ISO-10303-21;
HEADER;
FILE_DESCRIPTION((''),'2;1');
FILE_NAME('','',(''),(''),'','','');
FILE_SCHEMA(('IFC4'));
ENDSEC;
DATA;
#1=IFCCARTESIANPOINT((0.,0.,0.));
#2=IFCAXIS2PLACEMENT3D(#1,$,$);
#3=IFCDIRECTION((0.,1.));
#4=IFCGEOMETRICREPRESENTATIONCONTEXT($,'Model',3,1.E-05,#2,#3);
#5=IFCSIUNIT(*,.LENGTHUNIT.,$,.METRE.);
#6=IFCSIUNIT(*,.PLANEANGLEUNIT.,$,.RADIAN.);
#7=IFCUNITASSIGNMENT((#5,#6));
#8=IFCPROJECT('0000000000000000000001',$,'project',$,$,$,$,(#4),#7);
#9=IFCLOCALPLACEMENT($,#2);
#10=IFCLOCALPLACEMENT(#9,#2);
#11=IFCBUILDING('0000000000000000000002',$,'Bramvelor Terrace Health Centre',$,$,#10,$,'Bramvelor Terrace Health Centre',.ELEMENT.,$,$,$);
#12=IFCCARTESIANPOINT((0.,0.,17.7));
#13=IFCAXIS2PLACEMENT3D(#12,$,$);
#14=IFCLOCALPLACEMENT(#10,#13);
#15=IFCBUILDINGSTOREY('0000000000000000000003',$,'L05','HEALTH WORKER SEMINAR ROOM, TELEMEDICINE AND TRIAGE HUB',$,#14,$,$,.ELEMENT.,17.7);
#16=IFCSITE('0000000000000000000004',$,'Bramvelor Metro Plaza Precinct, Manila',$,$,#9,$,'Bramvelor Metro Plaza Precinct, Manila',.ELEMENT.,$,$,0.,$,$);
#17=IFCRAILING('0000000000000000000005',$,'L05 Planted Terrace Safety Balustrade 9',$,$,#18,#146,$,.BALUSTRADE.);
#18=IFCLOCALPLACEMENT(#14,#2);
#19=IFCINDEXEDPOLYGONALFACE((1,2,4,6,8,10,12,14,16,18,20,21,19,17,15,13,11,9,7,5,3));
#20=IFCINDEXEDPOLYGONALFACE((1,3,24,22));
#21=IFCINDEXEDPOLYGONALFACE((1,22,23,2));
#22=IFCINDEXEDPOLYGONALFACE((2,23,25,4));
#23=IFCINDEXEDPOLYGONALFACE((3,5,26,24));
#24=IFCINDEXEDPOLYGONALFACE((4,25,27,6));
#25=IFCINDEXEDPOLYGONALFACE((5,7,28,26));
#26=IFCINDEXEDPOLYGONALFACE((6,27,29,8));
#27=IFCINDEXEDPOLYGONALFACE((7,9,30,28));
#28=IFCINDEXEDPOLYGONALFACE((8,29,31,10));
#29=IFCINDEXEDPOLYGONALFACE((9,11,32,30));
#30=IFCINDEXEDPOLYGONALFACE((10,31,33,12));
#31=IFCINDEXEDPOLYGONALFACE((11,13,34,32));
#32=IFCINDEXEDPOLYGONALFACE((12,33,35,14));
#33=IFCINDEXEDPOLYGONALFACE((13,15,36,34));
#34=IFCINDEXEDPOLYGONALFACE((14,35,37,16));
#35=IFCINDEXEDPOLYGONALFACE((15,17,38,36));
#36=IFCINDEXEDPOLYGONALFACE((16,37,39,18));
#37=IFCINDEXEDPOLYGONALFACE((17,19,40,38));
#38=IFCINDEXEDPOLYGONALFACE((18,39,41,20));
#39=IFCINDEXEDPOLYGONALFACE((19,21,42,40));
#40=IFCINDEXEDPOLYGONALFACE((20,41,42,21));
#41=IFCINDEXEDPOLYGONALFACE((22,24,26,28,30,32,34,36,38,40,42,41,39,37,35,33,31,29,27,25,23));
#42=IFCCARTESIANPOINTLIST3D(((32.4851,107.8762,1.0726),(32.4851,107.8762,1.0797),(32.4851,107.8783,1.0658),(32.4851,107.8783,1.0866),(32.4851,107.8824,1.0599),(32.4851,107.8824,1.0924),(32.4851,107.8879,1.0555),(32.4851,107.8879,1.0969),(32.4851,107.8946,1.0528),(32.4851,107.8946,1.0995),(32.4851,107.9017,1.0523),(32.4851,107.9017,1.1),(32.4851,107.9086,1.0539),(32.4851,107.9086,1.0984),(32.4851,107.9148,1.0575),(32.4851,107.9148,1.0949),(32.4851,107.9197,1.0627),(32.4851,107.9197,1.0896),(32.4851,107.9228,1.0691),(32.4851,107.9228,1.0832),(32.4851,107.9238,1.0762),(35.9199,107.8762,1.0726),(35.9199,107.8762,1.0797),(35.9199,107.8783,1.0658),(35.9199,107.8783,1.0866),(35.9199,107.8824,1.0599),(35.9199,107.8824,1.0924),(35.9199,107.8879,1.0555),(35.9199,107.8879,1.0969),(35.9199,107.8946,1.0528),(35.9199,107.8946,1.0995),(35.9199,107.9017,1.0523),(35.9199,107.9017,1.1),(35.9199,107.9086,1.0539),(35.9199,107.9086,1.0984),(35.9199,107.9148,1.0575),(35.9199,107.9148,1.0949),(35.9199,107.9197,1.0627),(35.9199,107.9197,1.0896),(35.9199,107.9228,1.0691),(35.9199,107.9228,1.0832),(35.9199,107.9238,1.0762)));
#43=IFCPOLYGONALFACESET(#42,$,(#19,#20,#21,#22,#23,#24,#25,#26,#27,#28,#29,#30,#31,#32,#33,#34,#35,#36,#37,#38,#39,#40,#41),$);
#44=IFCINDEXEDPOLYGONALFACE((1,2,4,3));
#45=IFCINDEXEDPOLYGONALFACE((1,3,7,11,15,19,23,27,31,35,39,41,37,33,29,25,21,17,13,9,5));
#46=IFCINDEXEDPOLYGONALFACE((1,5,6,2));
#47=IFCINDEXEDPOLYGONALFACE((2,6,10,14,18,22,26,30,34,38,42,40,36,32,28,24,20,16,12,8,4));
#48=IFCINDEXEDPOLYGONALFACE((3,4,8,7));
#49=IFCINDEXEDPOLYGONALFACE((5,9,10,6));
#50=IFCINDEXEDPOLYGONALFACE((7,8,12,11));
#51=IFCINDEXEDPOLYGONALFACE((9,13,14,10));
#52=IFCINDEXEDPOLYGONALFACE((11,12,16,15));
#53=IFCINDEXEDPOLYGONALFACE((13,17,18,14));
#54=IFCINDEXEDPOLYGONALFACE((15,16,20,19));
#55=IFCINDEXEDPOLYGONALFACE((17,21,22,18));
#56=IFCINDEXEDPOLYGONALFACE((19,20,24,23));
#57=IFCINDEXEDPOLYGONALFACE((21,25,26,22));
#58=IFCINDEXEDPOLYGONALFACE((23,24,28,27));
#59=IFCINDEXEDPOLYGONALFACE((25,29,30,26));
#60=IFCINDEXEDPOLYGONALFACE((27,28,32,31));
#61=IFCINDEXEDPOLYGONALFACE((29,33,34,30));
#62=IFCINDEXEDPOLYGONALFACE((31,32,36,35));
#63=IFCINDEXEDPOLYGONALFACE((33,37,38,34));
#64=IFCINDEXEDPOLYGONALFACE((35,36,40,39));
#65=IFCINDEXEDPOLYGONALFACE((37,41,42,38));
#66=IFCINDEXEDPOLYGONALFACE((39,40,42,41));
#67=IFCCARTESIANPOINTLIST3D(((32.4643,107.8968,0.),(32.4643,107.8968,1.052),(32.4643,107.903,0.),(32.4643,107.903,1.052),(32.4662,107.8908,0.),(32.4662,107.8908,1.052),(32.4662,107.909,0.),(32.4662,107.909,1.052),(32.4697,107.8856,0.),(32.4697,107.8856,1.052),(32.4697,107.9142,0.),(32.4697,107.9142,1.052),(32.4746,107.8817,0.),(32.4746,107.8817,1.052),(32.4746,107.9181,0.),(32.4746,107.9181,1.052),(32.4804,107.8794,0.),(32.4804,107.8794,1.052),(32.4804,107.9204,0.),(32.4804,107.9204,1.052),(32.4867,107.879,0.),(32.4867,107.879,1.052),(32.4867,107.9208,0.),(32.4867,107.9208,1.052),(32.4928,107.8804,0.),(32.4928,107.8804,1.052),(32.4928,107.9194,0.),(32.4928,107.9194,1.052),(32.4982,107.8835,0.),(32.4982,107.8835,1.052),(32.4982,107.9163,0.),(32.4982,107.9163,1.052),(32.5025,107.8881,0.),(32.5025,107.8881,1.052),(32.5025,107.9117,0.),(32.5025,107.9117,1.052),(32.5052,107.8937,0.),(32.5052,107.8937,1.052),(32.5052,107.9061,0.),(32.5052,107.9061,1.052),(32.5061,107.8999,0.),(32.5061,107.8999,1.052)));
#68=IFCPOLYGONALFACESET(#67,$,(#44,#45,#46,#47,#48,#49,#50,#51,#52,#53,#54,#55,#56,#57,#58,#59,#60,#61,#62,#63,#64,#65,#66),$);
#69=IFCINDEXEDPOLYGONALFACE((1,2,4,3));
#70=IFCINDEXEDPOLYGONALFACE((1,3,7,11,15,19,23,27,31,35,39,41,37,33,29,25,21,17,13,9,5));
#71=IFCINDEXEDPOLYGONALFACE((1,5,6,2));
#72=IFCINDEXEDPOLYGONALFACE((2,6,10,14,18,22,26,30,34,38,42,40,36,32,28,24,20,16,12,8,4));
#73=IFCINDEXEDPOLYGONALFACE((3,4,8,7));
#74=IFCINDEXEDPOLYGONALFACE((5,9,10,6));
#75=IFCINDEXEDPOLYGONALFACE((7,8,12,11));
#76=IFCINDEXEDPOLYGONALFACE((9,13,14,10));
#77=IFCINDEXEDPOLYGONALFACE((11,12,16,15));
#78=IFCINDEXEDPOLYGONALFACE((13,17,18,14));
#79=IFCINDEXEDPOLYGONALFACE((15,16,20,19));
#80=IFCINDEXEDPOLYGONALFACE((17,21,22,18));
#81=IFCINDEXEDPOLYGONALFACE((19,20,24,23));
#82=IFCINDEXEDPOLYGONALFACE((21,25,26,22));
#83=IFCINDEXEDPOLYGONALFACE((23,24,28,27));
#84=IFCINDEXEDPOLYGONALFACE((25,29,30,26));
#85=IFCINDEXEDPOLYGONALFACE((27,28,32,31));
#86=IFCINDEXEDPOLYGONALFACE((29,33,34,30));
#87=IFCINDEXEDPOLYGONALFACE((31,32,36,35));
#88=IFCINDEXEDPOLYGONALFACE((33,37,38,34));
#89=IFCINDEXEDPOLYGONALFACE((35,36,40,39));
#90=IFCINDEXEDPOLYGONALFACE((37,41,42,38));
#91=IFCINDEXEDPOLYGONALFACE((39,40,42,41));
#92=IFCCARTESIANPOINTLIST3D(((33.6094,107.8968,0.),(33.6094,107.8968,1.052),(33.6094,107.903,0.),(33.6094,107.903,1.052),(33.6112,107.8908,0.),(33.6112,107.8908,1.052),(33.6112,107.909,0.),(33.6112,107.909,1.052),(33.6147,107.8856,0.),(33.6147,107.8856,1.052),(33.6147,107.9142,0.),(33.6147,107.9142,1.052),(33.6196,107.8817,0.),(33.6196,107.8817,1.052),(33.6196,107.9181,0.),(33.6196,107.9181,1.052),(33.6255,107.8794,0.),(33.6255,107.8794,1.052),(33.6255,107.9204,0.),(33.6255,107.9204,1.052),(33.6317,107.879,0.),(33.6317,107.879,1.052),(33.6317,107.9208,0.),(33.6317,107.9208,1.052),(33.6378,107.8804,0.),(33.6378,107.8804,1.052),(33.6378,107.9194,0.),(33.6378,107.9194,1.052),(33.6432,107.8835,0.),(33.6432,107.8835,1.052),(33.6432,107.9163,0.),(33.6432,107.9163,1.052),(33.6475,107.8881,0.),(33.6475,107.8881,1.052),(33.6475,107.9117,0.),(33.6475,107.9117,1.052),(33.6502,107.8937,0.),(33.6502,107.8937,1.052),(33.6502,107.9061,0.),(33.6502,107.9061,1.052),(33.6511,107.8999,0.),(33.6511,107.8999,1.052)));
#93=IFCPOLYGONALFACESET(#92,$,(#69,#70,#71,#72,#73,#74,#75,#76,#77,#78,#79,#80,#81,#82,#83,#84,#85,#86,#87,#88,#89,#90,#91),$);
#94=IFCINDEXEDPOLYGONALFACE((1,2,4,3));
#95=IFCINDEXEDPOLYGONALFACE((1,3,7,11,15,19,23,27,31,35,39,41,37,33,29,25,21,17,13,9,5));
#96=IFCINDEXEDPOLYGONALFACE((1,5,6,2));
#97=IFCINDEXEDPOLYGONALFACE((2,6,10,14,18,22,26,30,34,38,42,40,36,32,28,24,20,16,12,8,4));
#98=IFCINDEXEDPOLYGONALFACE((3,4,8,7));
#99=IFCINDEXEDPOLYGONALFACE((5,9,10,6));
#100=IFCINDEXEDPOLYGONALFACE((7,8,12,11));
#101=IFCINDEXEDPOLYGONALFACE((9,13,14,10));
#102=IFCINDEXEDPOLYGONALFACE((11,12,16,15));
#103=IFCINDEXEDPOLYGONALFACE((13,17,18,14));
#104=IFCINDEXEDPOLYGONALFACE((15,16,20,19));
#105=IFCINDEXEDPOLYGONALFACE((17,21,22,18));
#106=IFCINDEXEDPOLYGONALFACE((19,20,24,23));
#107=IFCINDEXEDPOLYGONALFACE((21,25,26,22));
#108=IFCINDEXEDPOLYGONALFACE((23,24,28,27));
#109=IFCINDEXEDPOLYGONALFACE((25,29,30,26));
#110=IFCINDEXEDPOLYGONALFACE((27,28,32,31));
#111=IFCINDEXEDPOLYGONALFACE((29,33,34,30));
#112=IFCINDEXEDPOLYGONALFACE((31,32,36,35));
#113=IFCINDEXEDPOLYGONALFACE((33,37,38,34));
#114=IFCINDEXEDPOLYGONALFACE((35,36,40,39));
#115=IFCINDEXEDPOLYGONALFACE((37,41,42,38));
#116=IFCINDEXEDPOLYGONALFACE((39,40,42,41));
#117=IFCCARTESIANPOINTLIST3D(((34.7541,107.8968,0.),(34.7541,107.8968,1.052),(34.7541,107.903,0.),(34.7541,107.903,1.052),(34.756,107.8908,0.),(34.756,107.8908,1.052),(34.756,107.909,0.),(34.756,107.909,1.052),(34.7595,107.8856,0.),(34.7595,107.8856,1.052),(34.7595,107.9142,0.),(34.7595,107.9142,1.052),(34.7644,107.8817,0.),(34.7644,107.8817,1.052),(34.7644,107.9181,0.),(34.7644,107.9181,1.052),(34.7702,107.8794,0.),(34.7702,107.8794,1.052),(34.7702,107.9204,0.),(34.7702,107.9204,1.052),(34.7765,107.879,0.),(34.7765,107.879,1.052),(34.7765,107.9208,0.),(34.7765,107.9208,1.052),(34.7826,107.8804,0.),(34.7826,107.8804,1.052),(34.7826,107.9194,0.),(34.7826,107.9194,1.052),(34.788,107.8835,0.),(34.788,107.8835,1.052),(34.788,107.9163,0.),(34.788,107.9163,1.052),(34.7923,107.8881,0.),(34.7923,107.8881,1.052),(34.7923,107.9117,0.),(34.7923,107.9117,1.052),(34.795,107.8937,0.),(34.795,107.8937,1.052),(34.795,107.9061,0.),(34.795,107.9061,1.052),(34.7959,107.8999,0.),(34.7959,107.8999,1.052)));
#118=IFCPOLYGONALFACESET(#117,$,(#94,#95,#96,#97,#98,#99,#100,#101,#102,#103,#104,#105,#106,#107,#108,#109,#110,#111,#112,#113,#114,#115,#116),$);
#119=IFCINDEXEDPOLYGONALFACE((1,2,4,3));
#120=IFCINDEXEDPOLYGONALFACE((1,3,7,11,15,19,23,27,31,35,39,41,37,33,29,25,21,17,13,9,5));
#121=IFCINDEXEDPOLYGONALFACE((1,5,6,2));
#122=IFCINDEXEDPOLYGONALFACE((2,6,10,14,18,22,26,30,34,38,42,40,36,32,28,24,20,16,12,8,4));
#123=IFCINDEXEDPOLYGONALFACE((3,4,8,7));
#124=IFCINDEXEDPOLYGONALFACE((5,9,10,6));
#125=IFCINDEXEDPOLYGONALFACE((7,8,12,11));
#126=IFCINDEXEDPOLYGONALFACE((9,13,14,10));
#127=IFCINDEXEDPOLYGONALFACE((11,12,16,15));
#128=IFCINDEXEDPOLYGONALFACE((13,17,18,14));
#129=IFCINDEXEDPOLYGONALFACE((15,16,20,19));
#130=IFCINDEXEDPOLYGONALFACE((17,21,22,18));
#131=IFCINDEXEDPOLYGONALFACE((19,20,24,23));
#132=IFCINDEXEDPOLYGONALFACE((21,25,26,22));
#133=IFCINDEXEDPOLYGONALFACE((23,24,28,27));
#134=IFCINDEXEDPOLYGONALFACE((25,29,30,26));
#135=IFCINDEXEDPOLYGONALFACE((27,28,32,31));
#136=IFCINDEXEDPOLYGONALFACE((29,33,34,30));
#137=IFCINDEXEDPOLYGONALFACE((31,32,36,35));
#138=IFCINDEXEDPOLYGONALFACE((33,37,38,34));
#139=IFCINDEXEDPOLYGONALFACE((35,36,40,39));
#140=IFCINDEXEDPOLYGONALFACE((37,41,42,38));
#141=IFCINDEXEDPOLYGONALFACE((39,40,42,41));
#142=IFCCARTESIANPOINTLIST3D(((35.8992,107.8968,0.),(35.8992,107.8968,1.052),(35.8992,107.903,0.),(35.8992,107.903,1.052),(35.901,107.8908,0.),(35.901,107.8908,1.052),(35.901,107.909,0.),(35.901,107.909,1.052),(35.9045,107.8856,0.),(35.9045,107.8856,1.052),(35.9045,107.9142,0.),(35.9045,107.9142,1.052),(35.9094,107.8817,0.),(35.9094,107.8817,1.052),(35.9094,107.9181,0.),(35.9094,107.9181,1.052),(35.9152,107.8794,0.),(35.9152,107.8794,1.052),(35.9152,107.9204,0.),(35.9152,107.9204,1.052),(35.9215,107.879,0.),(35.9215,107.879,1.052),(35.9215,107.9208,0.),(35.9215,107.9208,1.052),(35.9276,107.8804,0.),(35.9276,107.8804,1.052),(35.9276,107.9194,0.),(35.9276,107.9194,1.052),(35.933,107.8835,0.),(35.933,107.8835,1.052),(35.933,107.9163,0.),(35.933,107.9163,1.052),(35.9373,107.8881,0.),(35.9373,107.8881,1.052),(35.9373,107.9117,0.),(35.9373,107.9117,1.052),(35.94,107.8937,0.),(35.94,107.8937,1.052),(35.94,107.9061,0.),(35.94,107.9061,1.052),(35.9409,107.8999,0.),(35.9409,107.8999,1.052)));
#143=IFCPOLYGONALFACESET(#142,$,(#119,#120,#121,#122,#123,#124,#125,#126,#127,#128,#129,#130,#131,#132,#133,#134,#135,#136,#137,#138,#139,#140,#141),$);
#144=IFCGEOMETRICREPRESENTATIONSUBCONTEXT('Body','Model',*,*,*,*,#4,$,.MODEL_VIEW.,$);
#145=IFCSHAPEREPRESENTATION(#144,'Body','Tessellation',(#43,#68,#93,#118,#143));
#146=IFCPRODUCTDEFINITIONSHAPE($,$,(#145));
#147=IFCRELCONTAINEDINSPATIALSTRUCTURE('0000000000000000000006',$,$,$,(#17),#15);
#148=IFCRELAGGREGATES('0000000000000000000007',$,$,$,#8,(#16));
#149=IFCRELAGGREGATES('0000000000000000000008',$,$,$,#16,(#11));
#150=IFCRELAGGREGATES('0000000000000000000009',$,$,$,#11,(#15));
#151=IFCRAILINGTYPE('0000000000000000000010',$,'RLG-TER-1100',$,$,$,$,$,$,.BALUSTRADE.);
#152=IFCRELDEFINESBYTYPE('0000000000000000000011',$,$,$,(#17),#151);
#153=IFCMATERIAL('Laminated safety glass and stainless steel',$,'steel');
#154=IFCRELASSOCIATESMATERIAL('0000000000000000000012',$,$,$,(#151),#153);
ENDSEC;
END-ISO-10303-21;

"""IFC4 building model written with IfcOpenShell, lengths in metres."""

from ifc_helpers import new_model, si_unit, direction, frame, origin, origin_2d, place, context, subcontext, project, spatial, circle, extrude, material, type_object, element, save


model = new_model("IFC4")

# Units and contexts
model_context = context("Model", 3, precision=1e-05, world=origin(), true_north=direction((0.0, 1.0)))
body_context = subcontext(model_context, "Body", "Model", "MODEL_VIEW")
ifc_project = project(units=[si_unit("LENGTHUNIT", "METRE"), si_unit("PLANEANGLEUNIT", "RADIAN")], contexts=[model_context])

# Site, building, storey
site_placement = place(None, origin())
site = spatial("IfcSite", under=ifc_project, at=site_placement, Name="Bramvelor Metro Plaza Precinct, Manila", LongName="Bramvelor Metro Plaza Precinct, Manila", CompositionType="ELEMENT", RefElevation=0.0)
building_placement = place(site_placement, origin())
building = spatial("IfcBuilding", under=site, at=building_placement, Name="Bramvelor Terrace Health Centre", LongName="Bramvelor Terrace Health Centre", CompositionType="ELEMENT")
storey_placement = place(building_placement, frame((0.0, 0.0, 17.7)))
storey = spatial("IfcBuildingStorey", under=building, at=storey_placement, Name="L05", Description="HEALTH WORKER SEMINAR ROOM, TELEMEDICINE AND TRIAGE HUB", CompositionType="ELEMENT", Elevation=17.7)

# Railing
ifc_material_1 = material(Name="Laminated safety glass and stainless steel", Category="steel")
railing_type = type_object("IfcRailingType", Name="RLG-TER-1100", PredefinedType="BALUSTRADE", material=ifc_material_1)
railing_1_placement = place(storey_placement, frame((32.4851, 107.8999, 0.0)))
element("IfcRailing", 1, at=railing_1_placement, inside=storey, type_object=railing_type, Name="L05 Planted Terrace Safety Balustrade 9", PredefinedType="BALUSTRADE", context=body_context, shape_type="SweptSolid", body=[
    extrude(circle(Radius=0.0239, at=origin_2d()), frame((0.0, 0.0, 1.0762), z_axis=(1.0, 0.0, 0.0), x_axis=(0.0, 1.0, 0.0)), (0.0, 0.0, 1.0), 3.4348),
    extrude(circle(Radius=0.021, at=origin_2d()), origin(), (0.0, 0.0, 1.0), 1.052),
    extrude(circle(Radius=0.021, at=origin_2d()), frame((1.145, 0.0, 0.0)), (0.0, 0.0, 1.0), 1.052),
    extrude(circle(Radius=0.021, at=origin_2d()), frame((2.2898, 0.0, 0.0)), (0.0, 0.0, 1.0), 1.052),
    extrude(circle(Radius=0.021, at=origin_2d()), frame((3.4348, 0.0, 0.0)), (0.0, 0.0, 1.0), 1.052),
])

save(model, "model.ifc")
